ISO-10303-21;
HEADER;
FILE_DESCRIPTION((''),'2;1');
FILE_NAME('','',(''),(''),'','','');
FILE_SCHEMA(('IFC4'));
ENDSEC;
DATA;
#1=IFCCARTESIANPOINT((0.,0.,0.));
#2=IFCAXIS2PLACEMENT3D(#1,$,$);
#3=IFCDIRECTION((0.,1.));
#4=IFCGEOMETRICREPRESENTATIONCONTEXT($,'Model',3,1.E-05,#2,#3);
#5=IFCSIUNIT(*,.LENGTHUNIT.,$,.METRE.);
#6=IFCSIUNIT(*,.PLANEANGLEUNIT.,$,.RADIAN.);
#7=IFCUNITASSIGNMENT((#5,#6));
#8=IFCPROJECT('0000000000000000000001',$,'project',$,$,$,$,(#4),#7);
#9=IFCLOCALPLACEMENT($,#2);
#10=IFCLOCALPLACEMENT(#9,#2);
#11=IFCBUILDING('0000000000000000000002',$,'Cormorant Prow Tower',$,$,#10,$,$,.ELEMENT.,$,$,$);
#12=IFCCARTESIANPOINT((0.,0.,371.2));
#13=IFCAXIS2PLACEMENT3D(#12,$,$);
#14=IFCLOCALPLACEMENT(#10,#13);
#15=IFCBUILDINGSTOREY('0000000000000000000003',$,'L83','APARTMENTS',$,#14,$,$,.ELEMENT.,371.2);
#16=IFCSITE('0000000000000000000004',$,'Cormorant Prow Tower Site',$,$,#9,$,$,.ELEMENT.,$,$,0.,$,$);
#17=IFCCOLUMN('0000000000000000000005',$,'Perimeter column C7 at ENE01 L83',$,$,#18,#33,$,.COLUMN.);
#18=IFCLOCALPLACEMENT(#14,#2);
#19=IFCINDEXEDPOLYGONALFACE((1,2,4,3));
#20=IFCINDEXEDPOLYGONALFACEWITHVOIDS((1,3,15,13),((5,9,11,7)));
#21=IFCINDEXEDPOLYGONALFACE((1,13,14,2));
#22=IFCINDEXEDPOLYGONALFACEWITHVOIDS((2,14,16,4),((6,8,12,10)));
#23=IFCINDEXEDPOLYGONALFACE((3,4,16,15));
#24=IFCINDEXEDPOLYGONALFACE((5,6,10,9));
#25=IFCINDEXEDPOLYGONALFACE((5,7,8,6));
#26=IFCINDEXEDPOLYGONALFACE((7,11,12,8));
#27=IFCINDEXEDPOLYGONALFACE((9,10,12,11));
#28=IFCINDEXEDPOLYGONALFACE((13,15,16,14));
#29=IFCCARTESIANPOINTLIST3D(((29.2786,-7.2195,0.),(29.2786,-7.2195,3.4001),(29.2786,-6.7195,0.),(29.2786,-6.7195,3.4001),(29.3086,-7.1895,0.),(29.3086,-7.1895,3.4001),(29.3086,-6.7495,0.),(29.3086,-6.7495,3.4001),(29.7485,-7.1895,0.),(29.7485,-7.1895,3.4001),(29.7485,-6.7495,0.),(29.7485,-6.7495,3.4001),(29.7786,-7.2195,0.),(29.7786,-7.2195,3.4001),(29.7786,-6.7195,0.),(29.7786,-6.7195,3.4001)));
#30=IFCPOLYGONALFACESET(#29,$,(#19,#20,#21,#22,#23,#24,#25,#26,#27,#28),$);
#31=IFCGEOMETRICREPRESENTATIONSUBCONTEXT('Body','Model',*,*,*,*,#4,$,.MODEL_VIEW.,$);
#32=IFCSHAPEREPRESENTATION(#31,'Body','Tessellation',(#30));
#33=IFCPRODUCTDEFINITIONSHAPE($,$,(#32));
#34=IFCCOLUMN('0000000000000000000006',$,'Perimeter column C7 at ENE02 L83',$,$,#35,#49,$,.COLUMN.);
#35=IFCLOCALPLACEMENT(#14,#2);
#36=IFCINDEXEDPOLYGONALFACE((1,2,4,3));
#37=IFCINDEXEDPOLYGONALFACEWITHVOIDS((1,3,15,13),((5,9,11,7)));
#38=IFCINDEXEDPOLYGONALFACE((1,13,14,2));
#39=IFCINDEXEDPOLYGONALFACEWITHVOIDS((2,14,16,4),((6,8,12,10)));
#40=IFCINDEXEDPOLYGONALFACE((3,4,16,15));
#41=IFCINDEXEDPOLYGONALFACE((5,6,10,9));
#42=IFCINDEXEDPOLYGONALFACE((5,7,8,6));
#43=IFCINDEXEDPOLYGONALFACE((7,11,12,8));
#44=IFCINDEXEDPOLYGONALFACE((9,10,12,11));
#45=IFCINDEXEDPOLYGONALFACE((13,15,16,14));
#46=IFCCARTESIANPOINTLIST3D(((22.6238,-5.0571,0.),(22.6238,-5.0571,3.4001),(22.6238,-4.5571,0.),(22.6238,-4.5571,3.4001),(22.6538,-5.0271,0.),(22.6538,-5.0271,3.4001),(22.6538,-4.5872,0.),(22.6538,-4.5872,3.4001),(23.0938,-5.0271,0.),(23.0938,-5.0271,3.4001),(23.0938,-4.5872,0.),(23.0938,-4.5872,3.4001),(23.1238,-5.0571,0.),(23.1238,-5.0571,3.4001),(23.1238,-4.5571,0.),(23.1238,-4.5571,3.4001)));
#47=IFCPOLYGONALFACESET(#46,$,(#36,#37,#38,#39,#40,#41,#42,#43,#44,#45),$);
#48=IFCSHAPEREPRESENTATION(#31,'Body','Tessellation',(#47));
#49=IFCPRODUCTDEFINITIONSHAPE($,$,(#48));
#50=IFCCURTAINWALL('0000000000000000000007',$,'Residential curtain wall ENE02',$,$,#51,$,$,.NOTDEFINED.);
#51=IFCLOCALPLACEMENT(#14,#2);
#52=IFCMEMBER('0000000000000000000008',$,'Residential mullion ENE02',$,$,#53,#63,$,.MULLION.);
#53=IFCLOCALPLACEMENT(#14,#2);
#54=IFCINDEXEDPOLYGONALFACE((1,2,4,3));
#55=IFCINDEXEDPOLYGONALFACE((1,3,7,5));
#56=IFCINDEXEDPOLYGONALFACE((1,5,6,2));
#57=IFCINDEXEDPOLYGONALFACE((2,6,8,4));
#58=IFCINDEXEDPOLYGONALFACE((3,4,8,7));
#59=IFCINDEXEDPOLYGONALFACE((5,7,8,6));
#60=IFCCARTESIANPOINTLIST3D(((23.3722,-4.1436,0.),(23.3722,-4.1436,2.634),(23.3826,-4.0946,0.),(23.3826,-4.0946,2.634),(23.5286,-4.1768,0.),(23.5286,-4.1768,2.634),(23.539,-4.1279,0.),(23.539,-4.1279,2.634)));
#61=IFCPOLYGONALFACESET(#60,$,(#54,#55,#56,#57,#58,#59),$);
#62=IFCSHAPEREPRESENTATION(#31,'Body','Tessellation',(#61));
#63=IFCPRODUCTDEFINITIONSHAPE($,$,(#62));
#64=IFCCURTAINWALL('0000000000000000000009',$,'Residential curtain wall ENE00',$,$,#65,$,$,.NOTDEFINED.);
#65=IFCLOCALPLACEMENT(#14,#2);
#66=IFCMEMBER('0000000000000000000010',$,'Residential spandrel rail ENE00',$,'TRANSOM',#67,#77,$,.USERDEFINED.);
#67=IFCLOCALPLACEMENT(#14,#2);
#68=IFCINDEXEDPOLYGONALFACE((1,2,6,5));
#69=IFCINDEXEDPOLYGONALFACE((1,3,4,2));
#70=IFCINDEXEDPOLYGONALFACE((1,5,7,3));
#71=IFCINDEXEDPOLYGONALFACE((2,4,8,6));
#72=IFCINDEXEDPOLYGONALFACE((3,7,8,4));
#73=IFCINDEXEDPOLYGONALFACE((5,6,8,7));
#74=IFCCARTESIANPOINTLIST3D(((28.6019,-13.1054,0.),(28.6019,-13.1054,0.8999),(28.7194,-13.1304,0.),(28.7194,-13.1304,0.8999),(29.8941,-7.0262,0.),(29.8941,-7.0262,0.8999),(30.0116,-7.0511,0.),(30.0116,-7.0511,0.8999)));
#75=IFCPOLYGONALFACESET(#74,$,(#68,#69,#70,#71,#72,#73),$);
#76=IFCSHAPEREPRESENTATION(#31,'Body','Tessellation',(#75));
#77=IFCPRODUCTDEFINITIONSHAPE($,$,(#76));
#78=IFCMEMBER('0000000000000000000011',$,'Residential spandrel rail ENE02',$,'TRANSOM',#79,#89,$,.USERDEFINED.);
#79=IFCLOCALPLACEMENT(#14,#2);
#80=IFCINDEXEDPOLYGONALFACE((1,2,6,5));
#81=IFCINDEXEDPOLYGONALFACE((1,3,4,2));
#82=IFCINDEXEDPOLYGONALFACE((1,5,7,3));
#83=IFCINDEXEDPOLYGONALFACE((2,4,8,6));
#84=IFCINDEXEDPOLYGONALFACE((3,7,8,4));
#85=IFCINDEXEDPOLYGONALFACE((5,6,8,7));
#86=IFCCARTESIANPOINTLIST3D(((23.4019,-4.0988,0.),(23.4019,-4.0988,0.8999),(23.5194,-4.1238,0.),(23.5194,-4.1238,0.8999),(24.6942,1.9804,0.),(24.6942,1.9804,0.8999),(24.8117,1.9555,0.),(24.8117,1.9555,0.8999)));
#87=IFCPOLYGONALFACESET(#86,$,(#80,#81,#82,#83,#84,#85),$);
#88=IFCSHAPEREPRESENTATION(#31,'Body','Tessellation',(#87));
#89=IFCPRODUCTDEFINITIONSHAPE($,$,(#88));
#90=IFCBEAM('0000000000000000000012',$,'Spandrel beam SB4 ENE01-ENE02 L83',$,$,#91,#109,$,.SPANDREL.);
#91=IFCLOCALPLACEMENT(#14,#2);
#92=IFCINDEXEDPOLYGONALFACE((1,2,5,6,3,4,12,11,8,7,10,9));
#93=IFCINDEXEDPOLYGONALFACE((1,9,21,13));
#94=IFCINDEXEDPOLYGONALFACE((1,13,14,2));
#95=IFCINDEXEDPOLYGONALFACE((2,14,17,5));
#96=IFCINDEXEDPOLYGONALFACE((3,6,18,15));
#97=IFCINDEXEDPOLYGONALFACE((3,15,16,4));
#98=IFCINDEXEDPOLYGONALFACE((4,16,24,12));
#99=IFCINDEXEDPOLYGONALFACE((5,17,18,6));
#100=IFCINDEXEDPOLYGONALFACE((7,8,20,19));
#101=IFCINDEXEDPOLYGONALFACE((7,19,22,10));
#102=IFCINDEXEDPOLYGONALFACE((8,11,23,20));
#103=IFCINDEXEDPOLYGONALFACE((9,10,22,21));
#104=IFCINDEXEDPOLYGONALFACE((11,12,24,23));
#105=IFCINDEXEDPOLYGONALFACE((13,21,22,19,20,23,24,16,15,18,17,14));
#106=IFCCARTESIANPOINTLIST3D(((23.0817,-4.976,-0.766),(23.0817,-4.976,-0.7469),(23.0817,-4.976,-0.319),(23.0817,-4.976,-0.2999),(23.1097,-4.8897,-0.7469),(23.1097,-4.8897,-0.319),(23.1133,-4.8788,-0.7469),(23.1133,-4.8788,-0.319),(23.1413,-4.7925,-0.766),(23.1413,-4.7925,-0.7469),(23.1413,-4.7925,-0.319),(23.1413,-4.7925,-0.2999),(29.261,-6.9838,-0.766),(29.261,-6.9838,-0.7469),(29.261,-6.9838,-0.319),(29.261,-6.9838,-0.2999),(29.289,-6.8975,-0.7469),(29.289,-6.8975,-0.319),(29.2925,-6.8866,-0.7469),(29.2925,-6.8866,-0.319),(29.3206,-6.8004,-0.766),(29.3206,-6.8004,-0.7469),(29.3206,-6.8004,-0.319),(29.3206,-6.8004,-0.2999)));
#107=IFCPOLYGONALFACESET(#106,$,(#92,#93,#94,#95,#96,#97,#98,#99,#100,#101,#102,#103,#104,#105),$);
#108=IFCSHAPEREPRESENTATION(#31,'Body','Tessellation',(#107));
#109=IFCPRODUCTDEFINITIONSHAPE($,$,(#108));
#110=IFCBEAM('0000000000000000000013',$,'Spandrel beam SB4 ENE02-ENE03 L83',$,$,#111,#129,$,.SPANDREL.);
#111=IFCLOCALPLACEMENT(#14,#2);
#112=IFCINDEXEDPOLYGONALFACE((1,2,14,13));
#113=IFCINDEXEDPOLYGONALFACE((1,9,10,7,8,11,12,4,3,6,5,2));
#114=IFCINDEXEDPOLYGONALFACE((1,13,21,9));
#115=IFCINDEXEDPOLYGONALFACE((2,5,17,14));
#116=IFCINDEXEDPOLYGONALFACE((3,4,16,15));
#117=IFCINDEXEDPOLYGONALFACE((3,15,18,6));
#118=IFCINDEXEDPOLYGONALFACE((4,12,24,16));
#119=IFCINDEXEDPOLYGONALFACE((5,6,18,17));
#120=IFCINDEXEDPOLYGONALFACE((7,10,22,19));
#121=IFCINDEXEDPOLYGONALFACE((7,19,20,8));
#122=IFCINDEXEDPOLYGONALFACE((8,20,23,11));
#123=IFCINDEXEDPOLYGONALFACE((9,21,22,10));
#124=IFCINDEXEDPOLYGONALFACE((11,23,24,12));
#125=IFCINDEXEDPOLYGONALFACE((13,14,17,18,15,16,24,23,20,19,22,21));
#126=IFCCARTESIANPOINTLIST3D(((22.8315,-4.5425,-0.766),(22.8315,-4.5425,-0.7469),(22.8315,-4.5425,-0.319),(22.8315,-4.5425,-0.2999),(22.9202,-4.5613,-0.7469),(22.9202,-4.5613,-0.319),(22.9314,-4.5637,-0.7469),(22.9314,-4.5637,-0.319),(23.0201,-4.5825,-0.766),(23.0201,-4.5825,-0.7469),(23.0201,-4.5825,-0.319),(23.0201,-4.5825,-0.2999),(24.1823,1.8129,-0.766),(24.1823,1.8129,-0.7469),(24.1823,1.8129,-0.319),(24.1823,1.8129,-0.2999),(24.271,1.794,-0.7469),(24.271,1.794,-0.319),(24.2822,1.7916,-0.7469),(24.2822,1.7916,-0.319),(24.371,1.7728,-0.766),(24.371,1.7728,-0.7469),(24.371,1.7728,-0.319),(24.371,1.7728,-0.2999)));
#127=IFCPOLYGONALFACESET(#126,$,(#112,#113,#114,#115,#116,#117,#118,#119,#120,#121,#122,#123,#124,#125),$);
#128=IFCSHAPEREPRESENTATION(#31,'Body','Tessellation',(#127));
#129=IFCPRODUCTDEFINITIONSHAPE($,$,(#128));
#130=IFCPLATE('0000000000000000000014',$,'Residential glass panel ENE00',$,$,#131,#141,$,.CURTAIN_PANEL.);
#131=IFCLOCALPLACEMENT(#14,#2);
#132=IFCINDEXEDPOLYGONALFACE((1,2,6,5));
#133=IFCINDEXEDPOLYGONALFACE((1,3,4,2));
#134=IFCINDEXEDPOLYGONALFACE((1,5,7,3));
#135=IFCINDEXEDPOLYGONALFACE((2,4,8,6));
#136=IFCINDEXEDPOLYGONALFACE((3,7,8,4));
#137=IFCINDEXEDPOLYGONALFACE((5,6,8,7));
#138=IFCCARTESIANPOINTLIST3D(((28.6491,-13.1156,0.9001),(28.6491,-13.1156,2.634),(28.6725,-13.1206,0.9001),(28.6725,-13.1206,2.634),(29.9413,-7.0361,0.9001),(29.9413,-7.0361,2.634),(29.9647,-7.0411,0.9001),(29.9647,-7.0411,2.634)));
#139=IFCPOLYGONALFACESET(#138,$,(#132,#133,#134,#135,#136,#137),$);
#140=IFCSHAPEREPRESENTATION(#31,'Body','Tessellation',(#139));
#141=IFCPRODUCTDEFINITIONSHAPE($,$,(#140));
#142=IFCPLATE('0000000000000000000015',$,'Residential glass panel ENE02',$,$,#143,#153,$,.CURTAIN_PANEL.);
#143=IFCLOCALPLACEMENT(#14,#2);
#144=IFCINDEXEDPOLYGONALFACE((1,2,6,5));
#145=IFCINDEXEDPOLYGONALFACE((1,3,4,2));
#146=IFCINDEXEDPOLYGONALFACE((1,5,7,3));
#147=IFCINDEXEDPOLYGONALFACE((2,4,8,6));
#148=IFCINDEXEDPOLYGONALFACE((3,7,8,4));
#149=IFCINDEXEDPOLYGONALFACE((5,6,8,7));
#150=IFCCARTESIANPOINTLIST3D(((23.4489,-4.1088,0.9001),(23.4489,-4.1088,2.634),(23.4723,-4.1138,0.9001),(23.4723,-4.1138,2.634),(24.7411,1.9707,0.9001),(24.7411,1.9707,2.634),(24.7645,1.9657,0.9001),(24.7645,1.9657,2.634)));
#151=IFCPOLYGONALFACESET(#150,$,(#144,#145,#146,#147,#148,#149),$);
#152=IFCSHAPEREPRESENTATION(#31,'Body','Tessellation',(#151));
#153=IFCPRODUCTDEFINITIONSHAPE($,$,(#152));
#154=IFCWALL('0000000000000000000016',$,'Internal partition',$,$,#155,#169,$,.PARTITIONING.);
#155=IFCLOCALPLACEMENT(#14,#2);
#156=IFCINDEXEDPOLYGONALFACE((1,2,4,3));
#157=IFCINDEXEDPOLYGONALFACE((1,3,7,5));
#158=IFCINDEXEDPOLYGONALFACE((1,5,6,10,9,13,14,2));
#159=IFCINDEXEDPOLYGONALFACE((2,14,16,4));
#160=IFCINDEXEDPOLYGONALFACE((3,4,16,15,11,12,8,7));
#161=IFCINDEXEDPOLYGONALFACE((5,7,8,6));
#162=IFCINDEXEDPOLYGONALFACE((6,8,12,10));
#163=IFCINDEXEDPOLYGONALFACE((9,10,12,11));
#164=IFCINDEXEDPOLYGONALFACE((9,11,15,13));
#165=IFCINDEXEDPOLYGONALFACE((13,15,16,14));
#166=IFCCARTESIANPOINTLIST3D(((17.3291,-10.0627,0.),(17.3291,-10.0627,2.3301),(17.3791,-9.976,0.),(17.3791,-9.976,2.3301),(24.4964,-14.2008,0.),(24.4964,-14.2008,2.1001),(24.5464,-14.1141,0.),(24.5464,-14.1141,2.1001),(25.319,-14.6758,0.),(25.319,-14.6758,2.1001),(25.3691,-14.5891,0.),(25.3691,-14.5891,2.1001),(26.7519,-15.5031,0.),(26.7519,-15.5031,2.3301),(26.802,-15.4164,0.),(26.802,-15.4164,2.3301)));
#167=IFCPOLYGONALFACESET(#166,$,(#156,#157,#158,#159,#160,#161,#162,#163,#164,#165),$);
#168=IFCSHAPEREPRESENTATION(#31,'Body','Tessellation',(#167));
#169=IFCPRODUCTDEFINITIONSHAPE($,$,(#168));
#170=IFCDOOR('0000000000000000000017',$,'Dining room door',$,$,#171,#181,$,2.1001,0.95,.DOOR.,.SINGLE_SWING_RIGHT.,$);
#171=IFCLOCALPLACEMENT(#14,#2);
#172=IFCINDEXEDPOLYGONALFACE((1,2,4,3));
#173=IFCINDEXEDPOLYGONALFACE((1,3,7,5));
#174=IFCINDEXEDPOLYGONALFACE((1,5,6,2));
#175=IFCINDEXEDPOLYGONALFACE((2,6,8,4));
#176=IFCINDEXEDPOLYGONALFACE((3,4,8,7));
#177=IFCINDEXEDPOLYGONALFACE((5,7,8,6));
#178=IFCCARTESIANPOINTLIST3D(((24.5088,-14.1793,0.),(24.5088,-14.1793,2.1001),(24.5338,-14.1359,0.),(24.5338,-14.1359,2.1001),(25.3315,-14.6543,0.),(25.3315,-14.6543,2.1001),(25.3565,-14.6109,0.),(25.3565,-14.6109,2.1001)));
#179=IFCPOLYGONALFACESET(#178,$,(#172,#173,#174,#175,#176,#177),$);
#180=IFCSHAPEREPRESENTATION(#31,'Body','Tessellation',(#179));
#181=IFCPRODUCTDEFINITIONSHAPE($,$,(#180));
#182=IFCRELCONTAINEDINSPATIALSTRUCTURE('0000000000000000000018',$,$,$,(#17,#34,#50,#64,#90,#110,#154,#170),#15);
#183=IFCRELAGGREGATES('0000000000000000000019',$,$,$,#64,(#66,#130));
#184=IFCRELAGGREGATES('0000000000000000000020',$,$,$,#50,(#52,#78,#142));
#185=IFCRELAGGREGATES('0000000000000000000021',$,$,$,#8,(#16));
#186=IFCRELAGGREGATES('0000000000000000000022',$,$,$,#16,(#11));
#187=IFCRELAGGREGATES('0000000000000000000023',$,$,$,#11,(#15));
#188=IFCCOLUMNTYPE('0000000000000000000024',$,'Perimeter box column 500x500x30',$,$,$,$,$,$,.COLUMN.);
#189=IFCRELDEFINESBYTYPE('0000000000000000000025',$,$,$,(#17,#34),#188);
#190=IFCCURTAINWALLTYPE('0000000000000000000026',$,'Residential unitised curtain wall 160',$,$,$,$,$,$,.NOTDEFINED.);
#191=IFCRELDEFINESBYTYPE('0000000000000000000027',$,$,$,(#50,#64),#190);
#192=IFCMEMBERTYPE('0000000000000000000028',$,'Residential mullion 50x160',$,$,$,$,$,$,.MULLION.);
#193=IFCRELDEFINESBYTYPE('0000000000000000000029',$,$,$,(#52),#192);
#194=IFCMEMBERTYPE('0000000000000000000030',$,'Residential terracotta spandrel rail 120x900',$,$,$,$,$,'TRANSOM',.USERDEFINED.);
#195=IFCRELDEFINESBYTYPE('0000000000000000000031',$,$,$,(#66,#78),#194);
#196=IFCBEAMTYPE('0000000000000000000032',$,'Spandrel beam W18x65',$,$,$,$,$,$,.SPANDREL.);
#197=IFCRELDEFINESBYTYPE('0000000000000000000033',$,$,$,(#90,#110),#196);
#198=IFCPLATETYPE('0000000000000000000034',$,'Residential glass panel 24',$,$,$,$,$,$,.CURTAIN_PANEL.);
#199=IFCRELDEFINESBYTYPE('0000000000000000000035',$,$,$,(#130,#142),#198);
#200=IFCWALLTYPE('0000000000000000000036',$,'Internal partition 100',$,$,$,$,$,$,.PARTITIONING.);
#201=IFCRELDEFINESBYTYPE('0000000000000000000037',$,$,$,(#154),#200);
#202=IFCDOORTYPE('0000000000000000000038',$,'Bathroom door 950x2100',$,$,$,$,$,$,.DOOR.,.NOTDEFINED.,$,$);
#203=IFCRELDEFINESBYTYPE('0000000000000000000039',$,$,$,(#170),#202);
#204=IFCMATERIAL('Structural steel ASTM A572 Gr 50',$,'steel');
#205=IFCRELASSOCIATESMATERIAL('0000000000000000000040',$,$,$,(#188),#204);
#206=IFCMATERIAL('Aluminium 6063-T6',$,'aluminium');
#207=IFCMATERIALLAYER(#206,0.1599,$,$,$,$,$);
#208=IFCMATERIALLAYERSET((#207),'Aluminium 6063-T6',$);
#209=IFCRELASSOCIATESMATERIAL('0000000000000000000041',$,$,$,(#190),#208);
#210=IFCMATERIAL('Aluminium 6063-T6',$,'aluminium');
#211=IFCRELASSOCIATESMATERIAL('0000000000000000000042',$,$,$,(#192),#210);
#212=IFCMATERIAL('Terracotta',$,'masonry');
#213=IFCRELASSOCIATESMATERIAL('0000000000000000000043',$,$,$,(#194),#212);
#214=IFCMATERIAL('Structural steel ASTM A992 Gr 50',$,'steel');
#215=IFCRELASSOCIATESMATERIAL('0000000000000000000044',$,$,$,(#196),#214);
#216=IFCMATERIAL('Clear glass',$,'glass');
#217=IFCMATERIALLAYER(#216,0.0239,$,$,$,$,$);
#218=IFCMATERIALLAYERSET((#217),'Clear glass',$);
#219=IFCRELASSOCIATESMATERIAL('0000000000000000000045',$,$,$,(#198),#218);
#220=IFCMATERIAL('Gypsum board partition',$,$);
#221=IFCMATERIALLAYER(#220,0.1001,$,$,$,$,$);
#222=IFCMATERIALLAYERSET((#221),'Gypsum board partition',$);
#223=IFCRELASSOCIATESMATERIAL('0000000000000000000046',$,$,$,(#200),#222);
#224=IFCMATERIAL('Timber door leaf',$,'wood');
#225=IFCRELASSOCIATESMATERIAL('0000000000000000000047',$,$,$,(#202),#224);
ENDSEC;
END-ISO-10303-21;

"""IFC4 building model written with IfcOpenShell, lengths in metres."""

from ifc_helpers import new_model, si_unit, direction, frame, frame_2d, origin, origin_2d, place, context, subcontext, project, spatial, rectangle, hollow_rectangle, i_section, extrude, material, layer, layer_set, material_profile, profile_set, type_object, element, fill, aggregate, save


model = new_model("IFC4")

# Units and contexts
model_context = context("Model", 3, precision=1e-05, world=origin(), true_north=direction((0.0, 1.0)))
body_context = subcontext(model_context, "Body", "Model", "MODEL_VIEW")
ifc_project = project(units=[si_unit("LENGTHUNIT", "METRE"), si_unit("PLANEANGLEUNIT", "RADIAN")], contexts=[model_context])

# Site, building, storey
site_placement = place(None, origin())
site = spatial("IfcSite", under=ifc_project, at=site_placement, Name="Cormorant Prow Tower Site", CompositionType="ELEMENT", RefElevation=0.0)
building_placement = place(site_placement, origin())
building = spatial("IfcBuilding", under=site, at=building_placement, Name="Cormorant Prow Tower", CompositionType="ELEMENT")
storey_placement = place(building_placement, frame((0.0, 0.0, 371.2)))
storey = spatial("IfcBuildingStorey", under=building, at=storey_placement, Name="L83", Description="APARTMENTS", CompositionType="ELEMENT", Elevation=371.2)

# Columns
ifc_material_1 = material(Name="Structural steel ASTM A572 Gr 50", Category="steel")
ifc_material_profile_1 = material_profile(ifc_material_1, hollow_rectangle(XDim=0.5, YDim=0.5, WallThickness=0.03, at=origin_2d()), Name="Box 500x500x30")
ifc_profile_set_1 = profile_set([ifc_material_profile_1], Name="Structural steel ASTM A572 Gr 50")
column_type = type_object("IfcColumnType", Name="Perimeter box column 500x500x30", PredefinedType="COLUMN", material=ifc_profile_set_1)
for number, where, z_axis, x_axis, name in (
    (1, (29.5286, -6.9695, 0.0), (0.0, 0.0, 1.0), (1.0, 0.0, 0.0), "Perimeter column C7 at ENE01 L83"),
    (2, (22.8738, -4.8071, 0.0), (0.0, 0.0, 1.0), (1.0, 0.0, 0.0), "Perimeter column C7 at ENE02 L83"),
):
    element("IfcColumn", number, at=place(storey_placement, frame(where, z_axis=z_axis, x_axis=x_axis)), inside=storey, type_object=column_type, Name=name, PredefinedType="COLUMN", context=body_context, shape_type="SweptSolid", body=[
        extrude(hollow_rectangle(XDim=0.5, YDim=0.5, WallThickness=0.03, at=origin_2d()), origin(), (0.0, 0.0, 1.0), 3.4001),
    ])

# Curtain walls, members
ifc_material_2 = material(Name="Aluminium 6063-T6", Category="aluminium")
ifc_layer_1 = layer(ifc_material_2, 0.1599)
ifc_layer_set_1 = layer_set([ifc_layer_1], Name="Aluminium 6063-T6")
curtain_wall_type = type_object("IfcCurtainWallType", Name="Residential unitised curtain wall 160", PredefinedType="NOTDEFINED", material=ifc_layer_set_1)
curtain_wall_1_placement = place(storey_placement, origin())
curtain_wall_1 = element("IfcCurtainWall", 3, at=curtain_wall_1_placement, inside=storey, type_object=curtain_wall_type, Name="Residential curtain wall ENE02", PredefinedType="NOTDEFINED")
ifc_material_3 = material(Name="Aluminium 6063-T6", Category="aluminium")
ifc_material_profile_2 = material_profile(ifc_material_3, rectangle(XDim=0.1599, YDim=0.05, at=origin_2d()), Name="Residential mullion 50x160")
ifc_profile_set_2 = profile_set([ifc_material_profile_2], Name="Aluminium 6063-T6")
member_type_1 = type_object("IfcMemberType", Name="Residential mullion 50x160", PredefinedType="MULLION", material=ifc_profile_set_2)
member_1_placement = place(storey_placement, frame((23.4556, -4.1357, 0.0), z_axis=(0.0, 0.0, 1.0), x_axis=(-0.978148, 0.207912, 0.0)))
member_1 = element("IfcMember", 4, at=member_1_placement, type_object=member_type_1, Name="Residential mullion ENE02", PredefinedType="MULLION", context=body_context, shape_type="SweptSolid", body=[
    extrude(rectangle(XDim=0.1599, YDim=0.05, at=origin_2d()), origin(), (0.0, 0.0, 1.0), 2.634),
])
curtain_wall_2_placement = place(storey_placement, origin())
curtain_wall_2 = element("IfcCurtainWall", 5, at=curtain_wall_2_placement, inside=storey, type_object=curtain_wall_type, Name="Residential curtain wall ENE00", PredefinedType="NOTDEFINED")
ifc_material_4 = material(Name="Terracotta", Category="masonry")
ifc_material_profile_3 = material_profile(ifc_material_4, rectangle(XDim=0.1201, YDim=0.8999, at=origin_2d()), Name="Residential terracotta spandrel rail 120x900")
ifc_profile_set_3 = profile_set([ifc_material_profile_3], Name="Terracotta")
member_type_2 = type_object("IfcMemberType", Name="Residential terracotta spandrel rail 120x900", ElementType="TRANSOM", PredefinedType="USERDEFINED", material=ifc_profile_set_3)
member_2_placement = place(storey_placement, frame((28.6606, -13.1179, 0.45), z_axis=(0.207917, 0.978147, 0.0), x_axis=(-0.978147, 0.207917, 0.0)))
member_2 = element("IfcMember", 6, at=member_2_placement, type_object=member_type_2, Name="Residential spandrel rail ENE00", ObjectType="TRANSOM", PredefinedType="USERDEFINED", context=body_context, shape_type="SweptSolid", body=[
    extrude(rectangle(XDim=0.1201, YDim=0.8999, at=origin_2d()), origin(), (0.0, 0.0, 1.0), 6.2151),
])

# Member
member_3_placement = place(storey_placement, frame((23.4607, -4.1113, 0.45), z_axis=(0.207917, 0.978147, 0.0), x_axis=(-0.978147, 0.207917, 0.0)))
member_3 = element("IfcMember", 7, at=member_3_placement, type_object=member_type_2, Name="Residential spandrel rail ENE02", ObjectType="TRANSOM", PredefinedType="USERDEFINED", context=body_context, shape_type="SweptSolid", body=[
    extrude(rectangle(XDim=0.1201, YDim=0.8999, at=origin_2d()), origin(), (0.0, 0.0, 1.0), 6.2151),
])

# Beams
ifc_material_5 = material(Name="Structural steel ASTM A992 Gr 50", Category="steel")
ifc_material_profile_4 = material_profile(ifc_material_5, i_section(OverallWidth=0.1929, OverallDepth=0.4661, WebThickness=0.0115, FlangeThickness=0.019, at=origin_2d()), Name="W18x65")
ifc_profile_set_4 = profile_set([ifc_material_profile_4], Name="Structural steel ASTM A992 Gr 50")
beam_type = type_object("IfcBeamType", Name="Spandrel beam W18x65", PredefinedType="SPANDREL", material=ifc_profile_set_4)
for number, where, z_axis, x_axis, name in (
    (8, (29.2908, -6.8921, -0.533), (-0.951053, 0.309027, 0.0), (-0.309027, -0.951053, 0.0), "Spandrel beam SB4 ENE01-ENE02 L83"),
    (9, (22.9258, -4.5625, -0.533), (0.20791, 0.978148, 0.0), (-0.978148, 0.20791, 0.0), "Spandrel beam SB4 ENE02-ENE03 L83"),
):
    element("IfcBeam", number, at=place(storey_placement, frame(where, z_axis=z_axis, x_axis=x_axis)), inside=storey, type_object=beam_type, Name=name, PredefinedType="SPANDREL", context=body_context, shape_type="SweptSolid", body=[
        extrude(i_section(OverallWidth=0.1929, OverallDepth=0.4661, WebThickness=0.0115, FlangeThickness=0.019, at=origin_2d()), origin(), (0.0, 0.0, 1.0), 6.4973),
    ])

# Plates
ifc_material_6 = material(Name="Clear glass", Category="glass")
ifc_layer_2 = layer(ifc_material_6, 0.0239)
ifc_layer_set_2 = layer_set([ifc_layer_2], Name="Clear glass")
plate_type = type_object("IfcPlateType", Name="Residential glass panel 24", PredefinedType="CURTAIN_PANEL", material=ifc_layer_set_2)
plate_1_placement = place(storey_placement, frame((29.3069, -10.0784, 0.9001), z_axis=(0.0, 0.0, 1.0), x_axis=(0.207912, 0.978148, 0.0)))
plate_1 = element("IfcPlate", 10, at=plate_1_placement, type_object=plate_type, Name="Residential glass panel ENE00", PredefinedType="CURTAIN_PANEL", context=body_context, shape_type="SweptSolid", body=[
    extrude(rectangle(XDim=6.2153, YDim=0.0239, at=origin_2d()), origin(), (0.0, 0.0, 1.0), 1.7339),
])
aggregate(curtain_wall_2, [member_2, plate_1])
plate_2_placement = place(storey_placement, frame((24.1067, -1.0715, 0.9001), z_axis=(0.0, 0.0, 1.0), x_axis=(0.207912, 0.978148, 0.0)))
plate_2 = element("IfcPlate", 11, at=plate_2_placement, type_object=plate_type, Name="Residential glass panel ENE02", PredefinedType="CURTAIN_PANEL", context=body_context, shape_type="SweptSolid", body=[
    extrude(rectangle(XDim=6.2153, YDim=0.0239, at=origin_2d()), origin(), (0.0, 0.0, 1.0), 1.7339),
])
aggregate(curtain_wall_1, [member_1, member_3, plate_2])

# Wall, opening, door
ifc_material_7 = material(Name="Gypsum board partition")
ifc_layer_3 = layer(ifc_material_7, 0.1001)
ifc_layer_set_3 = layer_set([ifc_layer_3], Name="Gypsum board partition")
wall_type_1 = type_object("IfcWallType", Name="Internal partition 100", PredefinedType="PARTITIONING", material=ifc_layer_set_3)
wall_1_placement = place(storey_placement, frame((17.354, -10.0193, 0.0), z_axis=(0.0, 0.0, 1.0), x_axis=(0.86602, -0.50001, 0.0)))
wall_1 = element("IfcWall", 12, at=wall_1_placement, inside=storey, type_object=wall_type_1, Name="Internal partition", PredefinedType="PARTITIONING", context=body_context, shape_type="SweptSolid", body=[
    extrude(rectangle(XDim=10.8806, YDim=0.1001, at=frame_2d((5.4404, 0.0))), origin(), (0.0, 0.0, 1.0), 2.3301),
])
opening_1_placement = place(wall_1_placement, frame((8.2761, 0.0, 0.0)))
opening_1 = element("IfcOpeningElement", 13, at=opening_1_placement, cuts=wall_1, PredefinedType="OPENING", context=body_context, shape_type="SweptSolid", body=[
    extrude(rectangle(XDim=0.95, YDim=2.1001, at=frame_2d((0.4751, 1.05))), frame((0.0, 0.0601, 0.0), z_axis=(0.0, -1.0, 0.0), x_axis=(1.0, 0.0, 0.0)), (0.0, 0.0, 1.0), 0.1201),
])
ifc_material_8 = material(Name="Timber door leaf", Category="wood")
door_type_1 = type_object("IfcDoorType", Name="Bathroom door 950x2100", OperationType="NOTDEFINED", PredefinedType="DOOR", material=ifc_material_8)
door_1_placement = place(opening_1_placement, origin())
door_1 = element("IfcDoor", 14, at=door_1_placement, inside=storey, type_object=door_type_1, Name="Dining room door", OperationType="SINGLE_SWING_RIGHT", OverallHeight=2.1001, OverallWidth=0.95, PredefinedType="DOOR", context=body_context, shape_type="SweptSolid", body=[
    extrude(rectangle(XDim=0.95, YDim=2.1001, at=frame_2d((0.4751, 1.05))), frame((0.0, 0.0249, 0.0), z_axis=(0.0, -1.0, 0.0), x_axis=(1.0, 0.0, 0.0)), (0.0, 0.0, 1.0), 0.05),
])
fill(opening_1, door_1)

save(model, "model.ifc")
